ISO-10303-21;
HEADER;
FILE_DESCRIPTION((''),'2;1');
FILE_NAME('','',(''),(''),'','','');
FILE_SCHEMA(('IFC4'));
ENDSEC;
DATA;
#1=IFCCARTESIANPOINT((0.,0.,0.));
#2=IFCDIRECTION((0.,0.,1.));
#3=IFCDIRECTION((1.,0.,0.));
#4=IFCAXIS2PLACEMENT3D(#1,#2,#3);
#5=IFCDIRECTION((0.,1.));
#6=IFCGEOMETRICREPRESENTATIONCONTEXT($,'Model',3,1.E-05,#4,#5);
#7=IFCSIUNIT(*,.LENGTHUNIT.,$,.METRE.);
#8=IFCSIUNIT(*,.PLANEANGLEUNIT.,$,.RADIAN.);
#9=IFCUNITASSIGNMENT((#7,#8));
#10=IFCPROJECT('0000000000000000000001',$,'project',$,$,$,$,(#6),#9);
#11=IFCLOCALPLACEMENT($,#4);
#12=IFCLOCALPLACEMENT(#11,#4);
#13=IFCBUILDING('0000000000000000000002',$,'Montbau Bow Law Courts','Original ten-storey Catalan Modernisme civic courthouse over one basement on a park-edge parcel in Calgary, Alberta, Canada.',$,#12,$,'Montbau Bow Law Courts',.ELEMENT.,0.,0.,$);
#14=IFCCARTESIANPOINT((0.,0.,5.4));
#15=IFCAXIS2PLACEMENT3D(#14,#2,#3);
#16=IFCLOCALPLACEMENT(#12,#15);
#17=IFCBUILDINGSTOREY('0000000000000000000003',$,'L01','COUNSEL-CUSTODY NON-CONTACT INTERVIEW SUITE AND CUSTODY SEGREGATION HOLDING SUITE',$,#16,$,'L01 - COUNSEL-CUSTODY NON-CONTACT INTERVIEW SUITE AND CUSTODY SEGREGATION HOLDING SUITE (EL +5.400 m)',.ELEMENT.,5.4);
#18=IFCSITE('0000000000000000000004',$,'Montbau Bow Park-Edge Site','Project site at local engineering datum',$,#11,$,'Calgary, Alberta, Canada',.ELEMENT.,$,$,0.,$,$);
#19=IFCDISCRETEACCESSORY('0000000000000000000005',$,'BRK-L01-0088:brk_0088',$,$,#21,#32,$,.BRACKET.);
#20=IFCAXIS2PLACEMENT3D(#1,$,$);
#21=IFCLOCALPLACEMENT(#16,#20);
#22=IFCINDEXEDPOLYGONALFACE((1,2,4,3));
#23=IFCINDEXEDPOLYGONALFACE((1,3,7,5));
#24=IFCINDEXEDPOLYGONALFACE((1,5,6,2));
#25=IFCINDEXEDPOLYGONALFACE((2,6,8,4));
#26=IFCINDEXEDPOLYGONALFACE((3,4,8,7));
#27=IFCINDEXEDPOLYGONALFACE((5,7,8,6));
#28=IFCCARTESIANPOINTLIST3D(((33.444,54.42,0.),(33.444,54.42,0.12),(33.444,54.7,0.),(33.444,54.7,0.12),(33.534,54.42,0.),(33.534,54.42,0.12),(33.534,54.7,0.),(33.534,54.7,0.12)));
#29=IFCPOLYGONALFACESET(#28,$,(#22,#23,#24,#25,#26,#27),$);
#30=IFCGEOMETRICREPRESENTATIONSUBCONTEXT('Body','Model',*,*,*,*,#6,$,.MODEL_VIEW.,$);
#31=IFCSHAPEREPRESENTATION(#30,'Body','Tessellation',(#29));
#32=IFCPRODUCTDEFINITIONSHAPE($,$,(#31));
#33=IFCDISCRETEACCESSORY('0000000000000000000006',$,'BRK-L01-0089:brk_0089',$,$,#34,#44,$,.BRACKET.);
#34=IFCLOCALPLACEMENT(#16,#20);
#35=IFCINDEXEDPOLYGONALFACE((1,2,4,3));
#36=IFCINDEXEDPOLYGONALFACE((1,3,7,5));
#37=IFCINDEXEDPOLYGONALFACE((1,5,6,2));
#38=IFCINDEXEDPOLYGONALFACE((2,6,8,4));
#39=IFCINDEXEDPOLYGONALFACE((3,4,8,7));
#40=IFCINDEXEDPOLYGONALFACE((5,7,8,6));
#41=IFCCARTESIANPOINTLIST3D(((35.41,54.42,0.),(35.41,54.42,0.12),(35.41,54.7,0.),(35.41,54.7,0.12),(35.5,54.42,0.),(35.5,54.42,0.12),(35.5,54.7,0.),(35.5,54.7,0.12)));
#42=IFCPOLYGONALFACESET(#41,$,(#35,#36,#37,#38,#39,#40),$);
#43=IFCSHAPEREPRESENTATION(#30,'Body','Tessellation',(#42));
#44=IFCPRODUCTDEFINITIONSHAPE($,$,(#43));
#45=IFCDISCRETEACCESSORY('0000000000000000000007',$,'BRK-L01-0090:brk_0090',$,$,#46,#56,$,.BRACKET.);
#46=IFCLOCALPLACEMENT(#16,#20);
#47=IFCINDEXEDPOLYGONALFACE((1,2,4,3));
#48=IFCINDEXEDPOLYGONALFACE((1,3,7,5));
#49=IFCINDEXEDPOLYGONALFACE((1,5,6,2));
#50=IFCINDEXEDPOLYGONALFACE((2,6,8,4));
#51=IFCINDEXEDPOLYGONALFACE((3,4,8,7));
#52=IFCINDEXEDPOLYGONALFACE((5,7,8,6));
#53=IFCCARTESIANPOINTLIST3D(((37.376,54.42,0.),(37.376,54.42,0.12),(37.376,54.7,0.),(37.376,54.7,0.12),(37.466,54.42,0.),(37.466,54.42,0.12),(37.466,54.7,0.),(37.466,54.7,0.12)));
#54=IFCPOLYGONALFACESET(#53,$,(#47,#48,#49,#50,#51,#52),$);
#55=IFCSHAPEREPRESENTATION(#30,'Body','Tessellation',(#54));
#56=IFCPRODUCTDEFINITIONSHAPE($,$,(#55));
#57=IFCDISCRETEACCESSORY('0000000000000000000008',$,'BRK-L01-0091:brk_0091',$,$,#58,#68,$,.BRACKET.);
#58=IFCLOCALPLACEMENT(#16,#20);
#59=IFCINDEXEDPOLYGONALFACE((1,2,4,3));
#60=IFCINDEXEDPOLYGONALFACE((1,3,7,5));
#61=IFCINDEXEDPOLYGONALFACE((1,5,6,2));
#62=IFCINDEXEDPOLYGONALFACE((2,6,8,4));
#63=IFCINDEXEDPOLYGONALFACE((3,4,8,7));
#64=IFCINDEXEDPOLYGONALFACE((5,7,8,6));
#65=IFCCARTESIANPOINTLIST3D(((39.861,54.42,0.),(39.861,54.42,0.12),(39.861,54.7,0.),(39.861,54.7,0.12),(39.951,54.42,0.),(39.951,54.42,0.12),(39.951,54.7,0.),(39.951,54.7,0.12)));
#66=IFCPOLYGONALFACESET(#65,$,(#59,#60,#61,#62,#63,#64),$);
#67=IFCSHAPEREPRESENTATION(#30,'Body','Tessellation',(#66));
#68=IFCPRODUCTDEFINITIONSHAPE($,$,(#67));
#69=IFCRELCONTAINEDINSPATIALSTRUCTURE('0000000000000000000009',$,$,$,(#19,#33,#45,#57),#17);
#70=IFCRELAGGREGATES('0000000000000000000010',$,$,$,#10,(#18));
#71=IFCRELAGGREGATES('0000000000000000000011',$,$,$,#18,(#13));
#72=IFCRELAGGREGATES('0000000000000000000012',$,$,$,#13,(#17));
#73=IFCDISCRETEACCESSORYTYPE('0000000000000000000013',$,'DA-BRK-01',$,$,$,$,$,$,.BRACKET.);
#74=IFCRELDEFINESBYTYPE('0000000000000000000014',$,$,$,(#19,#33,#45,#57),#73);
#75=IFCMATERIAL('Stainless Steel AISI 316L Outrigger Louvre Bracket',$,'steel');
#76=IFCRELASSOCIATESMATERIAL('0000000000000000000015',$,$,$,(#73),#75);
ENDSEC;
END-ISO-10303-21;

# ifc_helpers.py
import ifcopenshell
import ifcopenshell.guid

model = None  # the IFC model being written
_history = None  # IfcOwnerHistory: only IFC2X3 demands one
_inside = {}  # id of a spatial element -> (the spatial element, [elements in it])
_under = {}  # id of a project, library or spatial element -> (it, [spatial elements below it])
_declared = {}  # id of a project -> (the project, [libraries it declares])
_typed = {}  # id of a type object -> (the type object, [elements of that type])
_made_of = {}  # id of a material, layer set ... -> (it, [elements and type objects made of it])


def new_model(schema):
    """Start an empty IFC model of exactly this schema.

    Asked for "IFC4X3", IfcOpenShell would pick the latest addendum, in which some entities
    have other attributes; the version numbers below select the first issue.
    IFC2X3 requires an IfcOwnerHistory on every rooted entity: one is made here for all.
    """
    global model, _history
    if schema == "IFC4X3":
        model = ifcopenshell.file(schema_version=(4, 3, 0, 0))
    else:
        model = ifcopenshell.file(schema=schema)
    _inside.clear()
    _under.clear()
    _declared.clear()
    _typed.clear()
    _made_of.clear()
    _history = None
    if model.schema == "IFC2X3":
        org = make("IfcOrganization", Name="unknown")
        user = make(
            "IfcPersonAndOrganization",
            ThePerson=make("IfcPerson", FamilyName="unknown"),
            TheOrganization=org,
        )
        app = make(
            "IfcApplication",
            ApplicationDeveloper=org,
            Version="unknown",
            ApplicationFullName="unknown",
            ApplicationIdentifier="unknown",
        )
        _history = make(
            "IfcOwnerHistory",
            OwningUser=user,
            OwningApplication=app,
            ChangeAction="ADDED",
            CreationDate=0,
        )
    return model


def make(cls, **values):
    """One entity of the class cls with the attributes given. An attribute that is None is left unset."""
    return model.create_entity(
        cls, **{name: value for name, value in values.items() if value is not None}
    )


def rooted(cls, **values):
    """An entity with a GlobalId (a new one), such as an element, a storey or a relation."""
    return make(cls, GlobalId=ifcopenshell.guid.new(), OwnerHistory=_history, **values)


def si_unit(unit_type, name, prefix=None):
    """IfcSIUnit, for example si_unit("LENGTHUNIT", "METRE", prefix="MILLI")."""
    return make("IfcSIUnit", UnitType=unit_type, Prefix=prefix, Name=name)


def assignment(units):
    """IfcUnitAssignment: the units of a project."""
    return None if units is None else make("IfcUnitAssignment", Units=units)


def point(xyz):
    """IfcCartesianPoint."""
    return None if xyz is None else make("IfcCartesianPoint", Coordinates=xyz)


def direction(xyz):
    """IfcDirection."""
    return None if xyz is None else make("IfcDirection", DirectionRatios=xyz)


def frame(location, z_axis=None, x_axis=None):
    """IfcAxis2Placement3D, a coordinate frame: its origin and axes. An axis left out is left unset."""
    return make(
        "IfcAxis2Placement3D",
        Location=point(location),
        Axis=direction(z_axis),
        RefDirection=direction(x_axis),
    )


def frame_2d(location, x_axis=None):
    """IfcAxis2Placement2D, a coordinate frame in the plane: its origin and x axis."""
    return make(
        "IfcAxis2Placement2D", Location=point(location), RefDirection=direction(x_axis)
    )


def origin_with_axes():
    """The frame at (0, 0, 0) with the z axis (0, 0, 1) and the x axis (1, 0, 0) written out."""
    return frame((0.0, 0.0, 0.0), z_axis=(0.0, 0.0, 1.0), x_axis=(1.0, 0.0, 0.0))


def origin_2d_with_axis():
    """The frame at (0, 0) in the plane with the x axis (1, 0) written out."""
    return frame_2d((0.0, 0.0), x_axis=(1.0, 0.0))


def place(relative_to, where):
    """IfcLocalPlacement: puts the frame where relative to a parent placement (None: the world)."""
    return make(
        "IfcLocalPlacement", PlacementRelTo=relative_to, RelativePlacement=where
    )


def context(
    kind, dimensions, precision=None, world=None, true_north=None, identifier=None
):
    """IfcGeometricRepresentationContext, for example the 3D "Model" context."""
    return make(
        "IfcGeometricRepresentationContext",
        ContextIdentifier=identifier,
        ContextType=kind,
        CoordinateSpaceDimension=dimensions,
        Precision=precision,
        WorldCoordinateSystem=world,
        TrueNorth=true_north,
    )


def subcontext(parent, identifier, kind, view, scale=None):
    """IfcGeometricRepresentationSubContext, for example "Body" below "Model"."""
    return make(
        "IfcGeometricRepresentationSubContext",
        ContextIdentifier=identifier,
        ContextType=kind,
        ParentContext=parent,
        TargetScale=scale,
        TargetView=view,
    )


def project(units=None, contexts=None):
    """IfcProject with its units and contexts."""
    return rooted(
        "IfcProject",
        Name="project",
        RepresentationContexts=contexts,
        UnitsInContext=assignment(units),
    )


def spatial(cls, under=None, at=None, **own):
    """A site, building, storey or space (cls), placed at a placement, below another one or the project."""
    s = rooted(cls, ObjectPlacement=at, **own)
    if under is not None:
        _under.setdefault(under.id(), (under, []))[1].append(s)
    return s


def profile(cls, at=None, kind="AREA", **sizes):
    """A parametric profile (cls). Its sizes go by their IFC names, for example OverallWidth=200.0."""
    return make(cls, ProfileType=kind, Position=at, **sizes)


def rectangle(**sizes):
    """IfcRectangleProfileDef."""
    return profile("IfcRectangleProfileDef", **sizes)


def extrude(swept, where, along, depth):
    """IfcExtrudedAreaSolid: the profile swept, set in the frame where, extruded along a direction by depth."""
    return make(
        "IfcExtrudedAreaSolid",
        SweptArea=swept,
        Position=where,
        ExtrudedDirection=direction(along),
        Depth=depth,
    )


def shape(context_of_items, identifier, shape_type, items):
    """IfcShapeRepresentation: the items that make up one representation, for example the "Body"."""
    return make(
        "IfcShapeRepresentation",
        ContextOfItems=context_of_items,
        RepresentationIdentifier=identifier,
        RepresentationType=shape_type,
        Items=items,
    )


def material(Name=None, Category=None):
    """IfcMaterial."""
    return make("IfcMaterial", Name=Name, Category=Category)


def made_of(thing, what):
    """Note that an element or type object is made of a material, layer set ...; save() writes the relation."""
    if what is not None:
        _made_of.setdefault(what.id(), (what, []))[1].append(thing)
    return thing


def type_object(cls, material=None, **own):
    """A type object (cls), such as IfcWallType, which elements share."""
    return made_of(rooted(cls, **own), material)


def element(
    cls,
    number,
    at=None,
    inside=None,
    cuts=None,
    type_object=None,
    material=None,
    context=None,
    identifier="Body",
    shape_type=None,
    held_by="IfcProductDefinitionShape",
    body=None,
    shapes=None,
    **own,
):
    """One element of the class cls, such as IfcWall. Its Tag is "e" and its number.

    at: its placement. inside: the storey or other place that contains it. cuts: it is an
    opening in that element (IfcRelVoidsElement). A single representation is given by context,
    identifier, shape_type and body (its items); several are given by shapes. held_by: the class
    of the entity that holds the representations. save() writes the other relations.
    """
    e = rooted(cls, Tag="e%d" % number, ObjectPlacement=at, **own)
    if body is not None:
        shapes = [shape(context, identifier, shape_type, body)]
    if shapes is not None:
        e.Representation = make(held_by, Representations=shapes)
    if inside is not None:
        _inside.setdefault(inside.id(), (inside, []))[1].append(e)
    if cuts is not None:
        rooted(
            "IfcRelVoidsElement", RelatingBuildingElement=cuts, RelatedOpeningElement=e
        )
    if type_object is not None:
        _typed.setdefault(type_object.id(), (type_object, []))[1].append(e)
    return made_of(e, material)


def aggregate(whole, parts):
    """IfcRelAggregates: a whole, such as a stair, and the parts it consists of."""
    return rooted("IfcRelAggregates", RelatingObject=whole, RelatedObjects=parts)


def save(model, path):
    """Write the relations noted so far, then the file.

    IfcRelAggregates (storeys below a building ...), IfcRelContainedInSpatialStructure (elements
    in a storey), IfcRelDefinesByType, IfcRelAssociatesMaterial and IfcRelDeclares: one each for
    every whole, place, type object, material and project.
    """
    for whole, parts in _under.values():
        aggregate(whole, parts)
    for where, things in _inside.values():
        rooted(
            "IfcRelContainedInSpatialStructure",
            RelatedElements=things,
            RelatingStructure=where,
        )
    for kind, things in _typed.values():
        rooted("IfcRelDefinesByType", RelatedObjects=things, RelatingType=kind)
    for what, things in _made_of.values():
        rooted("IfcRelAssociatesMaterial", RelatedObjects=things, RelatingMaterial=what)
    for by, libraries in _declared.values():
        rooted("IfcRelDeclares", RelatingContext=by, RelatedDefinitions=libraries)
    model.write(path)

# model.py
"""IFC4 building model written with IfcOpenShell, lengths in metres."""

from ifc_helpers import new_model, si_unit, direction, frame, origin_with_axes, origin_2d_with_axis, place, context, subcontext, project, spatial, rectangle, extrude, material, type_object, element, save


model = new_model("IFC4")

# Units and contexts
model_context = context("Model", 3, precision=1e-05, world=origin_with_axes(), true_north=direction((0.0, 1.0)))
body_context = subcontext(model_context, "Body", "Model", "MODEL_VIEW")
ifc_project = project(units=[si_unit("LENGTHUNIT", "METRE"), si_unit("PLANEANGLEUNIT", "RADIAN")], contexts=[model_context])

# Site, building, storey
site_placement = place(None, origin_with_axes())
site = spatial("IfcSite", under=ifc_project, at=site_placement, Name="Montbau Bow Park-Edge Site", Description="Project site at local engineering datum", LongName="Calgary, Alberta, Canada", CompositionType="ELEMENT", RefElevation=0.0)
building_placement = place(site_placement, origin_with_axes())
building = spatial("IfcBuilding", under=site, at=building_placement, Name="Montbau Bow Law Courts", Description="Original ten-storey Catalan Modernisme civic courthouse over one basement on a park-edge parcel in Calgary, Alberta, Canada.", LongName="Montbau Bow Law Courts", CompositionType="ELEMENT", ElevationOfRefHeight=0.0, ElevationOfTerrain=0.0)
storey_placement = place(building_placement, frame((0.0, 0.0, 5.4), z_axis=(0.0, 0.0, 1.0), x_axis=(1.0, 0.0, 0.0)))
storey = spatial("IfcBuildingStorey", under=building, at=storey_placement, Name="L01", Description="COUNSEL-CUSTODY NON-CONTACT INTERVIEW SUITE AND CUSTODY SEGREGATION HOLDING SUITE", LongName="L01 - COUNSEL-CUSTODY NON-CONTACT INTERVIEW SUITE AND CUSTODY SEGREGATION HOLDING SUITE (EL +5.400 m)", CompositionType="ELEMENT", Elevation=5.4)

# Discrete accessories
ifc_material_1 = material(Name="Stainless Steel AISI 316L Outrigger Louvre Bracket", Category="steel")
discrete_accessory_type = type_object("IfcDiscreteAccessoryType", Name="DA-BRK-01", PredefinedType="BRACKET", material=ifc_material_1)
for number, where, z_axis, x_axis, name in (
    (1, (33.489, 54.56, 5.4), (0.0, 0.0, 1.0), (0.0, 1.0, 0.0), "BRK-L01-0088:brk_0088"),
    (2, (35.455, 54.56, 5.4), (0.0, 0.0, 1.0), (0.0, 1.0, 0.0), "BRK-L01-0089:brk_0089"),
    (3, (37.421, 54.56, 5.4), (0.0, 0.0, 1.0), (0.0, 1.0, 0.0), "BRK-L01-0090:brk_0090"),
    (4, (39.906, 54.56, 5.4), (0.0, 0.0, 1.0), (0.0, 1.0, 0.0), "BRK-L01-0091:brk_0091"),
):
    element("IfcDiscreteAccessory", number, at=place(None, frame(where, z_axis=z_axis, x_axis=x_axis)), inside=storey, type_object=discrete_accessory_type, Name=name, PredefinedType="BRACKET", context=body_context, shape_type="SweptSolid", body=[
        extrude(rectangle(XDim=0.28, YDim=0.09, at=origin_2d_with_axis()), origin_with_axes(), (0.0, 0.0, 1.0), 0.12),
    ])

save(model, "model.ifc")
